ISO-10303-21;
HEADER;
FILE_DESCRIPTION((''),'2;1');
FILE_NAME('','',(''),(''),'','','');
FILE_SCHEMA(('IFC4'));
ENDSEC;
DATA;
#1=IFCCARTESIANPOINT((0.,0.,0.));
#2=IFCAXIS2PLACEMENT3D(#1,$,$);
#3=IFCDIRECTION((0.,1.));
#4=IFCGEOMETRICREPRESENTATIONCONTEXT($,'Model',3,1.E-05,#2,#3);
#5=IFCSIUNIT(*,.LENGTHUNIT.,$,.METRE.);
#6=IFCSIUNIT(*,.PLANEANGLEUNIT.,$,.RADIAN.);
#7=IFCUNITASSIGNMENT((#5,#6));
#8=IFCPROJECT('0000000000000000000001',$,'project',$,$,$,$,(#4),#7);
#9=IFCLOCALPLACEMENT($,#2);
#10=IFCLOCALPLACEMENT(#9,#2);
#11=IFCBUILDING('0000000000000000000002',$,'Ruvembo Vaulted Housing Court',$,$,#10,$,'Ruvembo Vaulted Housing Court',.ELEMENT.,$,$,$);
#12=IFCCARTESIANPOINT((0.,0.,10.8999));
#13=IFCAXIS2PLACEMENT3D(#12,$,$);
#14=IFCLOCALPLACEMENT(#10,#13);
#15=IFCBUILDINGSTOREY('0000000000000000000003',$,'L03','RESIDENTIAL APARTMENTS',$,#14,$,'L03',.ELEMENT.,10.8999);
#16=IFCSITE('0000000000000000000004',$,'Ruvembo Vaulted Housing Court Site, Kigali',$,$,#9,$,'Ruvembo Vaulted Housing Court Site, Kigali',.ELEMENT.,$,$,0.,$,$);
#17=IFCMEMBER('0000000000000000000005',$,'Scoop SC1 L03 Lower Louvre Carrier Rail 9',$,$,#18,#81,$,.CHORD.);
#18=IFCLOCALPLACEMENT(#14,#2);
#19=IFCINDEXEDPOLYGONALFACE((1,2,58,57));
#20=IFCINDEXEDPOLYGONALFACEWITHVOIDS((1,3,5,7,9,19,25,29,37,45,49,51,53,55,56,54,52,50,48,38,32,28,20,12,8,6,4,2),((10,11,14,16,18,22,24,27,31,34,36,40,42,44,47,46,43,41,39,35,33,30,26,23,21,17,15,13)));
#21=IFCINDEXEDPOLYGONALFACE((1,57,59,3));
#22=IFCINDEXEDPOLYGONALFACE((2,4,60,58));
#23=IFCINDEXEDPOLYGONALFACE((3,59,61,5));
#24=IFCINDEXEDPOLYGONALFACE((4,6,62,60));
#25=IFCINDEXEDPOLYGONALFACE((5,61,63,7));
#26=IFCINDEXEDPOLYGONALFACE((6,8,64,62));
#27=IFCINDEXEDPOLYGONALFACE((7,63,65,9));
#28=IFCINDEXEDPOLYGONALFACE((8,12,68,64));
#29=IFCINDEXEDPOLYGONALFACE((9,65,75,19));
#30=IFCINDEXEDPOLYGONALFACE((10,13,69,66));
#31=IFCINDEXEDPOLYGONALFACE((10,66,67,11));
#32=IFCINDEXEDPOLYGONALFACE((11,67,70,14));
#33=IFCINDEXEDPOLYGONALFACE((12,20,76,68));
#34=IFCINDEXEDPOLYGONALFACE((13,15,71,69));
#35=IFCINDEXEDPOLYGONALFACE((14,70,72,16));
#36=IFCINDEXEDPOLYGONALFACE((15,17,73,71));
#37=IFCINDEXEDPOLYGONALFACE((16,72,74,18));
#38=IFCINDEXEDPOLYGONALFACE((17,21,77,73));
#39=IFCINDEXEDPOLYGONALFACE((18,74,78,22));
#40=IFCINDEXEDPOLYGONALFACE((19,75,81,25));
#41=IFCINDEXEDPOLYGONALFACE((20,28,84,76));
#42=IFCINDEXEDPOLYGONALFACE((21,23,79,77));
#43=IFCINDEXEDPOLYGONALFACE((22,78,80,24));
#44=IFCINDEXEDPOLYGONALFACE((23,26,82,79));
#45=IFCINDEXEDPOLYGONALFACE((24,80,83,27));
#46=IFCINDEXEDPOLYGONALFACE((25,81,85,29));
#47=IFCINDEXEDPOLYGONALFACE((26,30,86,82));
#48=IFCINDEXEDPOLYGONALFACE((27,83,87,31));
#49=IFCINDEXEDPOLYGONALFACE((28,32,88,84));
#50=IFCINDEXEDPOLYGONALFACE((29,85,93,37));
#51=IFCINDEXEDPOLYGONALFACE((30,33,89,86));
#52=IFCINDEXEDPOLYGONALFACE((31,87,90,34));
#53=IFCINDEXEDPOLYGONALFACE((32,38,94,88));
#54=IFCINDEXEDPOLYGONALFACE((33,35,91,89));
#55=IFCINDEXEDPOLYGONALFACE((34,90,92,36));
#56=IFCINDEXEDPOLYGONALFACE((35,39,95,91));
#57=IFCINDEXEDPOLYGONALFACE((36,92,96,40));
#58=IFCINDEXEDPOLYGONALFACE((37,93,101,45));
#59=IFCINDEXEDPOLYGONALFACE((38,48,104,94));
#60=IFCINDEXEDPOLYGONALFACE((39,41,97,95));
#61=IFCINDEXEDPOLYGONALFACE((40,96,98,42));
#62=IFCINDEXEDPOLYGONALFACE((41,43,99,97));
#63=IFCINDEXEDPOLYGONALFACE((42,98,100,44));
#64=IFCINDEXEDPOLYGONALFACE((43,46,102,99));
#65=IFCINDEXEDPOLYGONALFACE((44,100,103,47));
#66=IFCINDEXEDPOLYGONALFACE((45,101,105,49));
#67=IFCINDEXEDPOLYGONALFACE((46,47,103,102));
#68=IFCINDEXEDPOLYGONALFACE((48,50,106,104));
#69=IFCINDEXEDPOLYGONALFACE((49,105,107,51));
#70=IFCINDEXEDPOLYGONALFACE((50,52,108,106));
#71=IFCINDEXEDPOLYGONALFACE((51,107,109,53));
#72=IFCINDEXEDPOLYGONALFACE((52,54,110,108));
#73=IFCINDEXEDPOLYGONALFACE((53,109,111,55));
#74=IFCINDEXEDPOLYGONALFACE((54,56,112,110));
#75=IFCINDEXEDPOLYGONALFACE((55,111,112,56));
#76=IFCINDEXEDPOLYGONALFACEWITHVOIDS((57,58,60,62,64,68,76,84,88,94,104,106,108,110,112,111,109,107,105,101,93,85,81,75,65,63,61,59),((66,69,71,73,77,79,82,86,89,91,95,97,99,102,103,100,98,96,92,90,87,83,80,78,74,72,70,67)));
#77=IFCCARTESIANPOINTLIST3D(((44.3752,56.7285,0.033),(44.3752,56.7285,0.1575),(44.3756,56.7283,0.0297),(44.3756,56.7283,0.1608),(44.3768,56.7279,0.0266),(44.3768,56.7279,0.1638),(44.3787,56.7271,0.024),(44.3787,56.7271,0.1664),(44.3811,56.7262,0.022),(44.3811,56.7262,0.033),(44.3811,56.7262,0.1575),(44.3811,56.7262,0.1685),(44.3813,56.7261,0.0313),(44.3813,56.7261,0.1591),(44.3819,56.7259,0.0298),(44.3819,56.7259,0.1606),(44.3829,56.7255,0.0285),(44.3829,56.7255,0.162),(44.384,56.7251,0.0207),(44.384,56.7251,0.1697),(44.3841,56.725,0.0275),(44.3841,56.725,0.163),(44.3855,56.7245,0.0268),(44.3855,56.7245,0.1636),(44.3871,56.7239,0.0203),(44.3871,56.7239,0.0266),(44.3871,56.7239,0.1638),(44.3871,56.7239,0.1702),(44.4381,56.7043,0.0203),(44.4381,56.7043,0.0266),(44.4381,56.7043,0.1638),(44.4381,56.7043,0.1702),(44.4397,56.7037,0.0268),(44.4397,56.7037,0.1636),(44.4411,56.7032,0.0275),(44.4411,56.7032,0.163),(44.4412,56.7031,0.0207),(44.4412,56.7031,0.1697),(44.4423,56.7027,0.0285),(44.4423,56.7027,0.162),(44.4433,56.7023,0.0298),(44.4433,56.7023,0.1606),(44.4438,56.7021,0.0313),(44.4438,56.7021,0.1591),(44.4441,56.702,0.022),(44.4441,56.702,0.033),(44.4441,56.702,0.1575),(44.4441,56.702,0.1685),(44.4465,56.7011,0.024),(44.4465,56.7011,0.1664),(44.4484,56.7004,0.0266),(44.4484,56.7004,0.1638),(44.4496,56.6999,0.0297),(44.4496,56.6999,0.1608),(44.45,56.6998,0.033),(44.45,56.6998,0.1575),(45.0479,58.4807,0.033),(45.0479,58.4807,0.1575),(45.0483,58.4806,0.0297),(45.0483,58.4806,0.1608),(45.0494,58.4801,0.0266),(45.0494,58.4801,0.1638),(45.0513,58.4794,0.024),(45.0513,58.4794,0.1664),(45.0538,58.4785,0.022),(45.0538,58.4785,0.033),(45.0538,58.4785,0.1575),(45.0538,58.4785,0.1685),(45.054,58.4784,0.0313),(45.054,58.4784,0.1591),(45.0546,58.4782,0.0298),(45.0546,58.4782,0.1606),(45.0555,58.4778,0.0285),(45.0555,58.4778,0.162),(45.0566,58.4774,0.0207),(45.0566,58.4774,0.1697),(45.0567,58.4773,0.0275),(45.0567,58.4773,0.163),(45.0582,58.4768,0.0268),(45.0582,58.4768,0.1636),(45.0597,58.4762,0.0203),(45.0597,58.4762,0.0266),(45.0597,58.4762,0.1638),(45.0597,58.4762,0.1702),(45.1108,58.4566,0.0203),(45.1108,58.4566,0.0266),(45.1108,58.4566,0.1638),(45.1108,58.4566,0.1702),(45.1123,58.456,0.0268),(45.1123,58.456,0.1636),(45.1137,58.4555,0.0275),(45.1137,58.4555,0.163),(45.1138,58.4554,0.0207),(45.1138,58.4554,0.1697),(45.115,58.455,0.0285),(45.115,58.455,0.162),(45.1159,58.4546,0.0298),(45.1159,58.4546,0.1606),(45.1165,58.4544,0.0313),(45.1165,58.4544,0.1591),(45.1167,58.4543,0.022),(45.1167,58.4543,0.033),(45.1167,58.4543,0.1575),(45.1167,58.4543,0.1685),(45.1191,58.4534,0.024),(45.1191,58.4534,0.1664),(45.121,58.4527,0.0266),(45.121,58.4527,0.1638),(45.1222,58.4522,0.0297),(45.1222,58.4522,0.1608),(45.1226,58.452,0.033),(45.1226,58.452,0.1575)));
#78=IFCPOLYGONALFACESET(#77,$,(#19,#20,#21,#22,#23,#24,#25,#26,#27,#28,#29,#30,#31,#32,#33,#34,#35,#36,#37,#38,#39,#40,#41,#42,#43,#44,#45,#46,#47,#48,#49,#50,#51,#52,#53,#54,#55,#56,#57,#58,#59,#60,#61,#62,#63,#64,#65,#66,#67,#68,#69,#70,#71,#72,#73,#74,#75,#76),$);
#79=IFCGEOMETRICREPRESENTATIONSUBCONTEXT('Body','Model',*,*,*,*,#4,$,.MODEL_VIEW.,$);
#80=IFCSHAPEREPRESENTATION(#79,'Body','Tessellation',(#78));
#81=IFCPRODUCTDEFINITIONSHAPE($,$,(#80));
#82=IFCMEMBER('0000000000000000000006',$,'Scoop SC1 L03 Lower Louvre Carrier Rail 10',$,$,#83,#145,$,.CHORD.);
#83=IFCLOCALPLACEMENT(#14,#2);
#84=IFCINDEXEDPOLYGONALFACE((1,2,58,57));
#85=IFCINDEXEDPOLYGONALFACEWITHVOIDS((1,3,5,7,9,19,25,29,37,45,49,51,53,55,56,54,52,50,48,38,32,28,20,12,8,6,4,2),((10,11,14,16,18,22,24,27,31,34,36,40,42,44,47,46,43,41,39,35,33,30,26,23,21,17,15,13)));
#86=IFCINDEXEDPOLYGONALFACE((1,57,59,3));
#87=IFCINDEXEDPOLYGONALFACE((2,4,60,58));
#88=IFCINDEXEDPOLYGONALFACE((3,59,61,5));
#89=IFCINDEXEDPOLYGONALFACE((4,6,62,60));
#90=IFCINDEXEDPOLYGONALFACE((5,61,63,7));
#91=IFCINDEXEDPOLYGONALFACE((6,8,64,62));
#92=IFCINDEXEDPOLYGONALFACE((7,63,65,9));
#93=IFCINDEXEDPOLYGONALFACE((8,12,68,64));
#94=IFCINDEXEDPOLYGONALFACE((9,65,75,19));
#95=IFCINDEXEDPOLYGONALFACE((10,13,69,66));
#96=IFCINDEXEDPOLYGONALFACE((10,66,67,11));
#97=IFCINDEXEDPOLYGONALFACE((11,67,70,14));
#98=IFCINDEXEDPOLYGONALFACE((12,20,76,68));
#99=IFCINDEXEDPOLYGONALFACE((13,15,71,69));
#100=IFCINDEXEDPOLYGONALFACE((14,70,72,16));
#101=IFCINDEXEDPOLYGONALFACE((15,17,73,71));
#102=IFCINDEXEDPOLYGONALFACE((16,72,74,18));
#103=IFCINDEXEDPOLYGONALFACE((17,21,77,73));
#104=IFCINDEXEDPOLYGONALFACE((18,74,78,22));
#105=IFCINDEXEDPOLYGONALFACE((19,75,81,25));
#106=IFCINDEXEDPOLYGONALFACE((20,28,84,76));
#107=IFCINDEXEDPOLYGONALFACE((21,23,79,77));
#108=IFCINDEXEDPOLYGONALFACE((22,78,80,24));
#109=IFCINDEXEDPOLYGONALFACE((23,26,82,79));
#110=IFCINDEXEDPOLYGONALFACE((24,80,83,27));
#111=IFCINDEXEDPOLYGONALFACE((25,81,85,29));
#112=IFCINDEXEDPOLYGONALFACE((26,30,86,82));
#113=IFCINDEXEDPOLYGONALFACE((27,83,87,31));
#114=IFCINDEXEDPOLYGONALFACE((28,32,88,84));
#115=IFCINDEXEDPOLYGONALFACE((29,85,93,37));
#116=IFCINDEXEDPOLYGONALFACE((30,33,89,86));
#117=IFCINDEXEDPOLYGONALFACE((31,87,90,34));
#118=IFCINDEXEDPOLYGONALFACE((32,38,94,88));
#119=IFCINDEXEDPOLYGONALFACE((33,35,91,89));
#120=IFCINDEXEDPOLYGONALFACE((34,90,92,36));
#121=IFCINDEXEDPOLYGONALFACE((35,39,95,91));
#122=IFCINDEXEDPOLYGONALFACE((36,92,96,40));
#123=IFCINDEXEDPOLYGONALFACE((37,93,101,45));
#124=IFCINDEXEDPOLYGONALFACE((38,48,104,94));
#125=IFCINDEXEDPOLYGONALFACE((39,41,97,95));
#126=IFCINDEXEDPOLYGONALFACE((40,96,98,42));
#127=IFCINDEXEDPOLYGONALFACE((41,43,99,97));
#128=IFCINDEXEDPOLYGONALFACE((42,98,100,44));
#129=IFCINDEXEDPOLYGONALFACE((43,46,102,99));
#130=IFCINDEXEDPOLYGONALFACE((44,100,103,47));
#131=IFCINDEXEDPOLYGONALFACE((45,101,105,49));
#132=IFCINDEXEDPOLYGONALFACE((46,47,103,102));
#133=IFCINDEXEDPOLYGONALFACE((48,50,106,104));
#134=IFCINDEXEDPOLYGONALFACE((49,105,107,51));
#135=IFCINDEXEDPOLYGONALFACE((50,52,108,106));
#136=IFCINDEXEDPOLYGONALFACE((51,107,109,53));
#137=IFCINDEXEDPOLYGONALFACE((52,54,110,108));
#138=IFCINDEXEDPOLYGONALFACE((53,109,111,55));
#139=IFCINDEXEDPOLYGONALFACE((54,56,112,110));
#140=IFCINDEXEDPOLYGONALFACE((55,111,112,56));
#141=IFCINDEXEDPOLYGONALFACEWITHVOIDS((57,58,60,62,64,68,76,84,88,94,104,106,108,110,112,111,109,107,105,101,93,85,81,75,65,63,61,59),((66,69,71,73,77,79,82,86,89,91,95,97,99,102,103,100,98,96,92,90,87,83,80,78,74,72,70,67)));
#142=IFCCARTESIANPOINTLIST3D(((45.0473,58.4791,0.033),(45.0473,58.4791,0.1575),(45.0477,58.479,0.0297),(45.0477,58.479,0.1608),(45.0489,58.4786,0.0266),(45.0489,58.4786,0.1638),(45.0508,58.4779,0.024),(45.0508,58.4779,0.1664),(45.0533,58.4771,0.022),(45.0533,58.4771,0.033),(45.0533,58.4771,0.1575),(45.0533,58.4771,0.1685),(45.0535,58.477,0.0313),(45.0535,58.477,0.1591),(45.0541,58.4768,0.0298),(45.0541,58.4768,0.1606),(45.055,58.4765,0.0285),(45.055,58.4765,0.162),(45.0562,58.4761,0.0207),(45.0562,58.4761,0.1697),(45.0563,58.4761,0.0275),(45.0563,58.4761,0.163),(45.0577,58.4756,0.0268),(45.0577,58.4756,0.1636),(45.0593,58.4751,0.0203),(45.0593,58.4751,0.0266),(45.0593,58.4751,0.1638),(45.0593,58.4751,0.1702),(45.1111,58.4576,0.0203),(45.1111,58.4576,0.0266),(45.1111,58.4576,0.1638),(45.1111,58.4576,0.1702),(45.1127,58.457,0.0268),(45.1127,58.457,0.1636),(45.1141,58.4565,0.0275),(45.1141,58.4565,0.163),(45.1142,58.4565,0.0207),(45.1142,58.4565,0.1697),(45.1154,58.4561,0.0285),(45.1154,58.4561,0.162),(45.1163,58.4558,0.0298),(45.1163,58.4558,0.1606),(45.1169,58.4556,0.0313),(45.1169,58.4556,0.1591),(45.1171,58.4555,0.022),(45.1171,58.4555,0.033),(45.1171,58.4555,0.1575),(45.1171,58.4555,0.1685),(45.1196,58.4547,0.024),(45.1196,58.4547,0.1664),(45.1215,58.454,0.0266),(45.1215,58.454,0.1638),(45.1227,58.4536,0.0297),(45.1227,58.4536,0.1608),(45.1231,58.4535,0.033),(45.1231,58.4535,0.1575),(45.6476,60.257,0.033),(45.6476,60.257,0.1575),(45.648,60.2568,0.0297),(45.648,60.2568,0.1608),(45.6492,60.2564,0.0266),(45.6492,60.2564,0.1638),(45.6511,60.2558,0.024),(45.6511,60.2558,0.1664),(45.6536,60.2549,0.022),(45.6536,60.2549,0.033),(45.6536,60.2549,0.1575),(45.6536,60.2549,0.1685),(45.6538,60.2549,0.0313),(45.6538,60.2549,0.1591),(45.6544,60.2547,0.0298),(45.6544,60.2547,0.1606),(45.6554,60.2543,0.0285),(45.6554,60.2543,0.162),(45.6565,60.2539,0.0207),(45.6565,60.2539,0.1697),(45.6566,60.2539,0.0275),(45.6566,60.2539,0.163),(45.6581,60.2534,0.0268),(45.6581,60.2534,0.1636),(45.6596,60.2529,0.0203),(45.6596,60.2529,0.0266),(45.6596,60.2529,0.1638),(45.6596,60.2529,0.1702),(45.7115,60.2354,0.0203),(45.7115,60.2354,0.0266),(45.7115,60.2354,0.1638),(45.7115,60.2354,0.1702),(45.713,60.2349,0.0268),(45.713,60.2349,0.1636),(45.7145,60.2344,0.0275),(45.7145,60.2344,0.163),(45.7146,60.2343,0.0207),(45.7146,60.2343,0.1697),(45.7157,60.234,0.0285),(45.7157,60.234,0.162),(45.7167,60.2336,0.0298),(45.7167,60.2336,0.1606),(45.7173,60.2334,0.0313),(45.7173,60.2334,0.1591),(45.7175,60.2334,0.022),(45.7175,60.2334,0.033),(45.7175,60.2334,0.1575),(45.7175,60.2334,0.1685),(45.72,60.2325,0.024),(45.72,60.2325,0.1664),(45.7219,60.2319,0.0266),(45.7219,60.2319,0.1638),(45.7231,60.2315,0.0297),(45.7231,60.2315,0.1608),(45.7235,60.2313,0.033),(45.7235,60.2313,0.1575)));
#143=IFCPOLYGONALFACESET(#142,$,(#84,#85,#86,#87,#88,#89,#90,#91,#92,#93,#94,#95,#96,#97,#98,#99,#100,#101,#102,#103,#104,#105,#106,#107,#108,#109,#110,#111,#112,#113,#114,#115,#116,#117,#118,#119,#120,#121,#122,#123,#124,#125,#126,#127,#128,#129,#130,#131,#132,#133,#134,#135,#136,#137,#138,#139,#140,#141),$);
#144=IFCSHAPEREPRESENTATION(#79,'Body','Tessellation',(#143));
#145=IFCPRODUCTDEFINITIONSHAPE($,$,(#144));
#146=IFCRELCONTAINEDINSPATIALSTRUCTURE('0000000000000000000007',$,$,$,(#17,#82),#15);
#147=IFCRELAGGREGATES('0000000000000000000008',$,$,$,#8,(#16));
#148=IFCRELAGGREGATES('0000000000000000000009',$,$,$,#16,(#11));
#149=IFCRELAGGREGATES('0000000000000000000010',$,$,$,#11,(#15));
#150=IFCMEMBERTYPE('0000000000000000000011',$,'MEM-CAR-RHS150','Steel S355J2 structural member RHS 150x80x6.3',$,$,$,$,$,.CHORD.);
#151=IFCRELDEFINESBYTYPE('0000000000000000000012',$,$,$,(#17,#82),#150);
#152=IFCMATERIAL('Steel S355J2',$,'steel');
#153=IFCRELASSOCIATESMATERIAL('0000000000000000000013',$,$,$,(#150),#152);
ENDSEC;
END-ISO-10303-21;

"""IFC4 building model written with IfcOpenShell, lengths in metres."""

from ifc_helpers import new_model, si_unit, direction, frame, origin, origin_2d, place, context, subcontext, project, spatial, hollow_rectangle, extrude, material, material_profile, profile_set, type_object, element, save


model = new_model("IFC4")

# Units and contexts
model_context = context("Model", 3, precision=1e-05, world=origin(), true_north=direction((0.0, 1.0)))
body_context = subcontext(model_context, "Body", "Model", "MODEL_VIEW")
ifc_project = project(units=[si_unit("LENGTHUNIT", "METRE"), si_unit("PLANEANGLEUNIT", "RADIAN")], contexts=[model_context])

# Site, building, storey
site_placement = place(None, origin())
site = spatial("IfcSite", under=ifc_project, at=site_placement, Name="Ruvembo Vaulted Housing Court Site, Kigali", LongName="Ruvembo Vaulted Housing Court Site, Kigali", CompositionType="ELEMENT", RefElevation=0.0)
building_placement = place(site_placement, origin())
building = spatial("IfcBuilding", under=site, at=building_placement, Name="Ruvembo Vaulted Housing Court", LongName="Ruvembo Vaulted Housing Court", CompositionType="ELEMENT")
storey_placement = place(building_placement, frame((0.0, 0.0, 10.8999)))
storey = spatial("IfcBuildingStorey", under=building, at=storey_placement, Name="L03", Description="RESIDENTIAL APARTMENTS", LongName="L03", CompositionType="ELEMENT", Elevation=10.8999)

# Shared definitions
ifc_material_1 = material(Name="Steel S355J2", Category="steel")

# Members
ifc_material_profile_1 = material_profile(ifc_material_1, hollow_rectangle(XDim=0.0801, YDim=0.1499, WallThickness=0.0063, InnerFilletRadius=0.0063, OuterFilletRadius=0.0127, at=origin_2d()), Name="RHS 150x80x6.3")
ifc_profile_set_1 = profile_set([ifc_material_profile_1], Name="Steel S355J2")
member_type_1 = type_object("IfcMemberType", Name="MEM-CAR-RHS150", Description="Steel S355J2 structural member RHS 150x80x6.3", PredefinedType="CHORD", material=ifc_profile_set_1)
member_1_placement = place(storey_placement, frame((44.4126, 56.7141, 0.0952), z_axis=(0.358369, 0.93358, 0.0), x_axis=(-0.93358, 0.358369, 0.0)))
element("IfcMember", 1, at=member_1_placement, inside=storey, type_object=member_type_1, Name="Scoop SC1 L03 Lower Louvre Carrier Rail 9", PredefinedType="CHORD", context=body_context, shape_type="SweptSolid", body=[
    extrude(hollow_rectangle(XDim=0.0801, YDim=0.1499, WallThickness=0.0063, InnerFilletRadius=0.0063, OuterFilletRadius=0.0127, at=origin_2d()), origin(), (0.0, 0.0, 1.0), 1.877),
])
member_2_placement = place(storey_placement, frame((45.0852, 58.4663, 0.0952), z_axis=(0.319933, 0.94744, 0.0), x_axis=(-0.94744, 0.319933, 0.0)))
element("IfcMember", 2, at=member_2_placement, inside=storey, type_object=member_type_1, Name="Scoop SC1 L03 Lower Louvre Carrier Rail 10", PredefinedType="CHORD", context=body_context, shape_type="SweptSolid", body=[
    extrude(hollow_rectangle(XDim=0.0801, YDim=0.1499, WallThickness=0.0063, InnerFilletRadius=0.0063, OuterFilletRadius=0.0127, at=origin_2d()), origin(), (0.0, 0.0, 1.0), 1.8765),
])

save(model, "model.ifc")
